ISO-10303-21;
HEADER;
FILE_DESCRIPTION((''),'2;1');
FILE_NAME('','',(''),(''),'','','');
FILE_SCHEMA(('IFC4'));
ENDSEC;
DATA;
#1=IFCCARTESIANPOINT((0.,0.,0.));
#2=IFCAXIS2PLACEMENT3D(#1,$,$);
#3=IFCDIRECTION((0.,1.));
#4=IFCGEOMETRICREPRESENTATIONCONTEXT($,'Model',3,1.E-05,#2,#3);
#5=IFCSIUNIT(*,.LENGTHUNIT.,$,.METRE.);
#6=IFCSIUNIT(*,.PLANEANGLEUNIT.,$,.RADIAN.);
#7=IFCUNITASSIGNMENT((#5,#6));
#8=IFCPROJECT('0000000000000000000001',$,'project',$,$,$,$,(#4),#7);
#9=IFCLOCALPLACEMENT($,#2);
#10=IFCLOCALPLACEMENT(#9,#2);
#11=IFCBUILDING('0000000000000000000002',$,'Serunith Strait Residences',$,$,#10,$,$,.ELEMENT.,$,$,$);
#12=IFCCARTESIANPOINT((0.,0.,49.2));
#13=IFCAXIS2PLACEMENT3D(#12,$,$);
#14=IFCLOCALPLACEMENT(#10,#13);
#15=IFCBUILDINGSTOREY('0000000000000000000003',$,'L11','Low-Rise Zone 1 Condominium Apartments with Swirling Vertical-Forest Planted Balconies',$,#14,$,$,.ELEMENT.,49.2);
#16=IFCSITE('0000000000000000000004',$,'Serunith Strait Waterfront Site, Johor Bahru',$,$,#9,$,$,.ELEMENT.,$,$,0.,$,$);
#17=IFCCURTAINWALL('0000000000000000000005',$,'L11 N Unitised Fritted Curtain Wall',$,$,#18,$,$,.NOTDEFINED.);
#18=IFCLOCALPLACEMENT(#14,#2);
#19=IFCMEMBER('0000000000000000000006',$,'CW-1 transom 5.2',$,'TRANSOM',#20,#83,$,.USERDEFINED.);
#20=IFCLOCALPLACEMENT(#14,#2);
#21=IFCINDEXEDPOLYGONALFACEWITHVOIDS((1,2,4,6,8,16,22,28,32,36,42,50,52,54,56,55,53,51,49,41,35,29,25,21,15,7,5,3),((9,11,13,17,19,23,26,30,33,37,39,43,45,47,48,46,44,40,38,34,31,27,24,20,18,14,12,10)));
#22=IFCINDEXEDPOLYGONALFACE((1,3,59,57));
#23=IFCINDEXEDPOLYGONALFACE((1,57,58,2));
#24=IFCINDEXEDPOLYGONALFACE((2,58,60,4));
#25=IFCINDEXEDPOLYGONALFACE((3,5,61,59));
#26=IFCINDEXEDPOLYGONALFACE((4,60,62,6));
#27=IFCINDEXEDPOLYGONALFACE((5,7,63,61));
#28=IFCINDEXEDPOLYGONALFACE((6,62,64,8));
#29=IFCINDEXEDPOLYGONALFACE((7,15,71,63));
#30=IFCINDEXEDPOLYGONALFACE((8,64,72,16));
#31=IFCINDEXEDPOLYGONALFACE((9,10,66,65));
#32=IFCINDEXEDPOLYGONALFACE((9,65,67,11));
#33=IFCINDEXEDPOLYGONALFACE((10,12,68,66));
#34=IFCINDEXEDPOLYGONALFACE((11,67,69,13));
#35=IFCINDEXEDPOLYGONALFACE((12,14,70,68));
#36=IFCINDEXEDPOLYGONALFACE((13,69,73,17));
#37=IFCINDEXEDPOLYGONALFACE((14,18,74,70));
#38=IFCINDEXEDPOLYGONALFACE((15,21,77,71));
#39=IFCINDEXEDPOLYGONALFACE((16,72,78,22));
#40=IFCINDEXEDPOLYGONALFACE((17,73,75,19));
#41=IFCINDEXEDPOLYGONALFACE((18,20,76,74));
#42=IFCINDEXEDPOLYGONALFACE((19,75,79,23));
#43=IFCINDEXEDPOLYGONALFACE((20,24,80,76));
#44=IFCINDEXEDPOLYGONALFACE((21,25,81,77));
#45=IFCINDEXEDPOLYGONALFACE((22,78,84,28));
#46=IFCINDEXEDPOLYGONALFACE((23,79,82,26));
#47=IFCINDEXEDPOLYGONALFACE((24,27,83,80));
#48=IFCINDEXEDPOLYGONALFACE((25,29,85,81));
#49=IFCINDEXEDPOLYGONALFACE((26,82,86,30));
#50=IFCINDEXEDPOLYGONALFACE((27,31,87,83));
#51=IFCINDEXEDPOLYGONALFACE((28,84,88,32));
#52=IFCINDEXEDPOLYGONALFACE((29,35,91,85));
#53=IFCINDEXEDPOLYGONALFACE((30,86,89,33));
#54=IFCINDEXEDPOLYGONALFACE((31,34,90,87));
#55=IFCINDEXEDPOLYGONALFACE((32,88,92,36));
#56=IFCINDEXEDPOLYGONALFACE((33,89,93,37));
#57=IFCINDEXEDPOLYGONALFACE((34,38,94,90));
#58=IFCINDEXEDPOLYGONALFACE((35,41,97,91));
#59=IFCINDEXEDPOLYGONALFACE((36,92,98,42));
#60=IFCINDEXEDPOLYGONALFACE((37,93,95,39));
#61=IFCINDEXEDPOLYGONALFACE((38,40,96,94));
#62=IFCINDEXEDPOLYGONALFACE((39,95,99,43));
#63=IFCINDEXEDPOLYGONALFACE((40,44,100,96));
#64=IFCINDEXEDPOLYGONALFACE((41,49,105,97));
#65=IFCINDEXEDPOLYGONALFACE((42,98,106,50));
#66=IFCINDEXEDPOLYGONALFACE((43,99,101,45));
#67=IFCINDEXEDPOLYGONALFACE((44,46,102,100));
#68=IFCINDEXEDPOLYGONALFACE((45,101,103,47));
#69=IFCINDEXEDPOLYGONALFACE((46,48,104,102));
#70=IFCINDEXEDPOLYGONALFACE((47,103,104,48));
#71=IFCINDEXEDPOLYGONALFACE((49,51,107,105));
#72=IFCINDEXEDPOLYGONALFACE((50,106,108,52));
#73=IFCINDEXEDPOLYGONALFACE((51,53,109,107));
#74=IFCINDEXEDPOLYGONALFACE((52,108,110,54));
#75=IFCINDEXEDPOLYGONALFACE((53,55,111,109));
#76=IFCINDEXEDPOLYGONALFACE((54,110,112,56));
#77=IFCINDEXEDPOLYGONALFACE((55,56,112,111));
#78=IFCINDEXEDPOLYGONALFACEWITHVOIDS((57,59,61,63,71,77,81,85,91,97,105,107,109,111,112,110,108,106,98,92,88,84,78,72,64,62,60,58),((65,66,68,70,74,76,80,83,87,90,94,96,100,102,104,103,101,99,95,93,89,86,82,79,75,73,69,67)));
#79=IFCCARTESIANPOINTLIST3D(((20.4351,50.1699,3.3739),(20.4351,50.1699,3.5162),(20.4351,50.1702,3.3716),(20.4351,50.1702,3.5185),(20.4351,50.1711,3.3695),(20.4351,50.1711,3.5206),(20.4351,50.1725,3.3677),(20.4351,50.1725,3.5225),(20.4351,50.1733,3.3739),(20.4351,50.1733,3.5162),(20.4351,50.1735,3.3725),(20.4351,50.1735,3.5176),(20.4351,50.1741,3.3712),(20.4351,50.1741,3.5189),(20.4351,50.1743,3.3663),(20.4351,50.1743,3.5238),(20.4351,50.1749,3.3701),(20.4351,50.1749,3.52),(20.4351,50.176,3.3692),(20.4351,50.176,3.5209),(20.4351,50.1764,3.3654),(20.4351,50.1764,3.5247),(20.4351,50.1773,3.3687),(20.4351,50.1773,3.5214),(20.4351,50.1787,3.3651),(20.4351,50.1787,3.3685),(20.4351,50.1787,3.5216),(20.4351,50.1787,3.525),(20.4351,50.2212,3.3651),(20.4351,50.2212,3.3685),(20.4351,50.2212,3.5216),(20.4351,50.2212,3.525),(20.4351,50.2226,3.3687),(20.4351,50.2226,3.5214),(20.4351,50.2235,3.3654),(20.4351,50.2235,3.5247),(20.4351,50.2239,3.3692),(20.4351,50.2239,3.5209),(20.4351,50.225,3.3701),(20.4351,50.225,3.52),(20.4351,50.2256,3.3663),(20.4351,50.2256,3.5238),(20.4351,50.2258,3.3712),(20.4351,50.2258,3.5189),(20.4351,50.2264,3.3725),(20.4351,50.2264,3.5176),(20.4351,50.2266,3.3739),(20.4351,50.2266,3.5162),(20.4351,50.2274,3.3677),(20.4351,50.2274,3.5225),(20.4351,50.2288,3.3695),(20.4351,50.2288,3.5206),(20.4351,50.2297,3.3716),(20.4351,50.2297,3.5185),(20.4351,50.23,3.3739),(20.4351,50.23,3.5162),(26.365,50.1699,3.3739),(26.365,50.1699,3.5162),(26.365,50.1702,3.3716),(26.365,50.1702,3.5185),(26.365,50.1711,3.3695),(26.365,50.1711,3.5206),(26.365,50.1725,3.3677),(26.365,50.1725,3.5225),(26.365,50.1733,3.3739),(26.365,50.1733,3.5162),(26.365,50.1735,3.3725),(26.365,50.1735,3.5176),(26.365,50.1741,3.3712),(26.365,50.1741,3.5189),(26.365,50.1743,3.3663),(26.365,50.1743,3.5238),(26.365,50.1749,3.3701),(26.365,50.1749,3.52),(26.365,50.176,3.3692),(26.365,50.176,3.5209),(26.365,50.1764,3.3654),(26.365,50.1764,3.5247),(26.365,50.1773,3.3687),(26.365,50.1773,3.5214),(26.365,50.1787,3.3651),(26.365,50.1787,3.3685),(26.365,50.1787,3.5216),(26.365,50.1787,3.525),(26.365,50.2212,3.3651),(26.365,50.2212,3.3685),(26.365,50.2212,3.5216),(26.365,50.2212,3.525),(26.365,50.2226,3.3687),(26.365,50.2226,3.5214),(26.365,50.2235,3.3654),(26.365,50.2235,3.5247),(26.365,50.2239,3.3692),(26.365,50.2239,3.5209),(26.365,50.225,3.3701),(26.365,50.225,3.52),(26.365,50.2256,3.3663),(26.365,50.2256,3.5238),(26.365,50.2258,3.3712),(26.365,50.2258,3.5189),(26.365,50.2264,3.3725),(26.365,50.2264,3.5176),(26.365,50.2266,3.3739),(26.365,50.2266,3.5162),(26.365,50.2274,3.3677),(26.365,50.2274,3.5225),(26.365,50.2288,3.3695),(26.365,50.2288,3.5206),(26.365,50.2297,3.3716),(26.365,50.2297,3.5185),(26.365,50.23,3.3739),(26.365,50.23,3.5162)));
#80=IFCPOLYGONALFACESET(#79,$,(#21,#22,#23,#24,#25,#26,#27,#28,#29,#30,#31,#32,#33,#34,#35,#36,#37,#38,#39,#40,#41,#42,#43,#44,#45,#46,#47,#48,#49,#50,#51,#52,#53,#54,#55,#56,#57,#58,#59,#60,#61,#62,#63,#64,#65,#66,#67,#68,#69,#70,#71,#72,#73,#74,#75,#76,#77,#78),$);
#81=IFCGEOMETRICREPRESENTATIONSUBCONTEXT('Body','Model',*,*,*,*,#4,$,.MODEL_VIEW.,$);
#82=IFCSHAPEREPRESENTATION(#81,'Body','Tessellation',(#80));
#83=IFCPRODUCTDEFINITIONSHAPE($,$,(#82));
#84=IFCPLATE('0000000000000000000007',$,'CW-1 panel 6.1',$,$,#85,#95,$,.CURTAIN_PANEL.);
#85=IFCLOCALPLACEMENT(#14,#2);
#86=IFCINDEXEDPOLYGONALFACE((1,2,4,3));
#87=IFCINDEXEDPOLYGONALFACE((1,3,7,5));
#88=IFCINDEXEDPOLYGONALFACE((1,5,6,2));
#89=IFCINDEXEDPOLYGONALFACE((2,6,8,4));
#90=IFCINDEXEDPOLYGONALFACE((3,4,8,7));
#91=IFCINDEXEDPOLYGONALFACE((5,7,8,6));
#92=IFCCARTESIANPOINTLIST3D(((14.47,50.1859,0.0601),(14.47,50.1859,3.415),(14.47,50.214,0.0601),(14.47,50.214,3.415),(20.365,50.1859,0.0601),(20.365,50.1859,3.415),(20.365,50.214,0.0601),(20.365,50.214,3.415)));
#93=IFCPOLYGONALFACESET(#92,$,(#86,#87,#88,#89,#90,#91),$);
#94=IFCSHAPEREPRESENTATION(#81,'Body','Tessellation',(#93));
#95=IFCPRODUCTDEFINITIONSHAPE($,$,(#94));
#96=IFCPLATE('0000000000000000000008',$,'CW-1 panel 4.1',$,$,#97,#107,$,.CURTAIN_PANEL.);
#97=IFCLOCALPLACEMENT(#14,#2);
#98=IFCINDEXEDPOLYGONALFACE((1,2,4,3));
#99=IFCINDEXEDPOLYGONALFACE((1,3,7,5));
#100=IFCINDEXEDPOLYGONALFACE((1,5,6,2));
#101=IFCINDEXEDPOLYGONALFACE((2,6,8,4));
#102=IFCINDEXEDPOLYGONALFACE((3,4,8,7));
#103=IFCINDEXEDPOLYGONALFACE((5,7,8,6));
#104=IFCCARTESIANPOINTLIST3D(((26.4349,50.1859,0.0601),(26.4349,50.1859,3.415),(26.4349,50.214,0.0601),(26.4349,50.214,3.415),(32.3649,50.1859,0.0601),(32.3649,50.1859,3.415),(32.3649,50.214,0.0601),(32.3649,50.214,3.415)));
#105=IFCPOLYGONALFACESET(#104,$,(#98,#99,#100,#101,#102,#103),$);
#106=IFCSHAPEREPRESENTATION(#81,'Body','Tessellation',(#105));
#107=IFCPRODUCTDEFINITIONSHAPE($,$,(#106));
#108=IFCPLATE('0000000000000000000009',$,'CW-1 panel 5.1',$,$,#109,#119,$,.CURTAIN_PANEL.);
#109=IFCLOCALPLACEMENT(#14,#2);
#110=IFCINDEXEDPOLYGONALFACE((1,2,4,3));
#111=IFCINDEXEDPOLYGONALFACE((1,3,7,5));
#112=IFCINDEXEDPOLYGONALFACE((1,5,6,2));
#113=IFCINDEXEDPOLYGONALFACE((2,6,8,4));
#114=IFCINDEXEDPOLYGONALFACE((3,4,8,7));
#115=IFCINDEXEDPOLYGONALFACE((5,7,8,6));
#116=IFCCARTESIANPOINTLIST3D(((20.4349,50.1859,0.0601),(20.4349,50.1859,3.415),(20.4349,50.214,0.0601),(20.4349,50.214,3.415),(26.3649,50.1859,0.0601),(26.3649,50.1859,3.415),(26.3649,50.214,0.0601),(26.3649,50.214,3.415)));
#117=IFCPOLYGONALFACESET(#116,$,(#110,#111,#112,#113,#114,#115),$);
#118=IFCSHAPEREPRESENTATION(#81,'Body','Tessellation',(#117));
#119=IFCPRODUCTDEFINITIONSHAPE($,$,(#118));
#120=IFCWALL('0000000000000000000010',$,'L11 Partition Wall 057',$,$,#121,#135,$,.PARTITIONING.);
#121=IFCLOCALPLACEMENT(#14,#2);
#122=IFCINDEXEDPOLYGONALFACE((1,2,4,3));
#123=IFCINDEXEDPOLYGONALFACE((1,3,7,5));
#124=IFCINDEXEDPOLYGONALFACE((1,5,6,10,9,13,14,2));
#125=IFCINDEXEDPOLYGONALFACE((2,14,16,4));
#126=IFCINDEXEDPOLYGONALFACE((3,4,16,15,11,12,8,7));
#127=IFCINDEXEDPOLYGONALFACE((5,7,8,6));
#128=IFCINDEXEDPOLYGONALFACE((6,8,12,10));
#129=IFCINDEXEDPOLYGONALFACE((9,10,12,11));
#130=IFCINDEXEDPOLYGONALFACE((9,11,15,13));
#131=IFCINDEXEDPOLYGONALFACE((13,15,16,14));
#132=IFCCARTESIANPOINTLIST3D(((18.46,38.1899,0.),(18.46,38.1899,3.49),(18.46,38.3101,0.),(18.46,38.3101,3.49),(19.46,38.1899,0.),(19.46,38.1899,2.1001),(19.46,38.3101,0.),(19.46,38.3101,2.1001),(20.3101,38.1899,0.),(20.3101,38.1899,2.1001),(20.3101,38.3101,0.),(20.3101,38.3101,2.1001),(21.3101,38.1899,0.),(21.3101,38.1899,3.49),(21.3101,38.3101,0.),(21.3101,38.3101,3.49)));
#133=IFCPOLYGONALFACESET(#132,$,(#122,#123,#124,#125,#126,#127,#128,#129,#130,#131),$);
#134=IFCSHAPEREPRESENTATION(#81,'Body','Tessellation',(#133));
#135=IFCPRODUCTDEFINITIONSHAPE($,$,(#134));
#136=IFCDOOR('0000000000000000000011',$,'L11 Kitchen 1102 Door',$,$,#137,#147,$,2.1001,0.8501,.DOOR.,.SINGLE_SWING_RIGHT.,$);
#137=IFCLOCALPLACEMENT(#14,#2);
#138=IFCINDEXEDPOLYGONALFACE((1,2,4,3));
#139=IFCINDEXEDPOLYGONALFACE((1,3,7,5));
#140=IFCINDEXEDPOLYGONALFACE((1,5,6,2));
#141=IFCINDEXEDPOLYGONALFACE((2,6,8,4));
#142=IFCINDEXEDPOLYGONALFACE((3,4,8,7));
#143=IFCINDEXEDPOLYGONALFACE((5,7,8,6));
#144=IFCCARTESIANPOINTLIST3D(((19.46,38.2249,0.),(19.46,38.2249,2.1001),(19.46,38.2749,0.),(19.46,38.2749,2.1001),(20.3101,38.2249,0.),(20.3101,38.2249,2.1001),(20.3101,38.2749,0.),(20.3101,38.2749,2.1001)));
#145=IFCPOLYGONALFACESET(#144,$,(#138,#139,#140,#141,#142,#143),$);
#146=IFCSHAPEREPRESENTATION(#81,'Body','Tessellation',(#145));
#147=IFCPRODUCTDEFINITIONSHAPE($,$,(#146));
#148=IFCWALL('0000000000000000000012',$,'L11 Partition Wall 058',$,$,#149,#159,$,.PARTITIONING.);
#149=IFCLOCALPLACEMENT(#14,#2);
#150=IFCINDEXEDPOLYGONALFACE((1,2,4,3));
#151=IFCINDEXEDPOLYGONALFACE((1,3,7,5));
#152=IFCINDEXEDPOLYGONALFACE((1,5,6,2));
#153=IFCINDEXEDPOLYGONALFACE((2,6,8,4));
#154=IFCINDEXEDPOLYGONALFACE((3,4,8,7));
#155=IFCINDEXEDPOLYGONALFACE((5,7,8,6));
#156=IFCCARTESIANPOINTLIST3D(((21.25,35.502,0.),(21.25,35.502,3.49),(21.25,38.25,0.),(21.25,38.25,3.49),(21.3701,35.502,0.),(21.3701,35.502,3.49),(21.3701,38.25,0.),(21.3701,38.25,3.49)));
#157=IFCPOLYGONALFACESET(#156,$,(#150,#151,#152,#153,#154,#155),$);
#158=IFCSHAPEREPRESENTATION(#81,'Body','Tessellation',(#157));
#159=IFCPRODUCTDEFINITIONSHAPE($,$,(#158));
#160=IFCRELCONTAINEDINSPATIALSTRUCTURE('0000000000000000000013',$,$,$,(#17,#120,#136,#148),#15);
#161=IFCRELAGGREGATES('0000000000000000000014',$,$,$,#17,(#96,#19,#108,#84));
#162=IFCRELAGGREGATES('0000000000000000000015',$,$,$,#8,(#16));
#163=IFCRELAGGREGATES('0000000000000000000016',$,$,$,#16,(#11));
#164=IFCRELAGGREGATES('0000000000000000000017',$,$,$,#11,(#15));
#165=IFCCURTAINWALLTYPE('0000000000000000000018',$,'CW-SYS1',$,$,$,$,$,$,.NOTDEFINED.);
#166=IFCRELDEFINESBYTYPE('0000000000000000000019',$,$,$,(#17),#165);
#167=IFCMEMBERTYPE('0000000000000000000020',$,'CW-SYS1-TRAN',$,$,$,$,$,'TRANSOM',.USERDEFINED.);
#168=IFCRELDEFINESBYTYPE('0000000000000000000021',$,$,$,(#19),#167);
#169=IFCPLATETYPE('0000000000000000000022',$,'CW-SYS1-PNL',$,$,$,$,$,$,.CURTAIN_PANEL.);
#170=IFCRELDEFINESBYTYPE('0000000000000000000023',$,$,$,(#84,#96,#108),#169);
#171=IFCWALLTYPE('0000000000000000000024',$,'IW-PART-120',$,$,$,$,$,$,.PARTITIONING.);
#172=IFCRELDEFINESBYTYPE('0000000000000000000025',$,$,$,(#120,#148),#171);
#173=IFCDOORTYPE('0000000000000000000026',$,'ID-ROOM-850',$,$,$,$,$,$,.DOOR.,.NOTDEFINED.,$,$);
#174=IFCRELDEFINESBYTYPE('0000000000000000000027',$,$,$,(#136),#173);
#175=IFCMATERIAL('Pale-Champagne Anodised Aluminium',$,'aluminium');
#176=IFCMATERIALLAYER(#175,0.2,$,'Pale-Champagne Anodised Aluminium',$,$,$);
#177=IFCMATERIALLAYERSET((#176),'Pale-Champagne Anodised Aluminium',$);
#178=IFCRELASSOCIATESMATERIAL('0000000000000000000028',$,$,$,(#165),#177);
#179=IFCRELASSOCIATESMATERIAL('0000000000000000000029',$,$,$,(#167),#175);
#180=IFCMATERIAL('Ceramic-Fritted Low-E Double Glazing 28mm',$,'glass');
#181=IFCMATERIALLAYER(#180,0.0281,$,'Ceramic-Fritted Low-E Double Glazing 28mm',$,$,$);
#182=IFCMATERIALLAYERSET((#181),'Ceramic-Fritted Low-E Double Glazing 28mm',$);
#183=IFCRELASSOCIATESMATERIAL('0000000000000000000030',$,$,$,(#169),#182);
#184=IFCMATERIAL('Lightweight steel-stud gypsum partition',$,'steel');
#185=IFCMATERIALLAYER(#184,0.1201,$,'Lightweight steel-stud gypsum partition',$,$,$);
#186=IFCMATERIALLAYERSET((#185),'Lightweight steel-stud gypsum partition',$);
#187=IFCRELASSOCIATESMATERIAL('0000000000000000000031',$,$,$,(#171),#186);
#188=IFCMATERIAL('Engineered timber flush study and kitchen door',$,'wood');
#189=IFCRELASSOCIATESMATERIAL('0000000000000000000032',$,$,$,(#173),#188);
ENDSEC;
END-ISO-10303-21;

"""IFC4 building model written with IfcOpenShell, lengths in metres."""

from ifc_helpers import new_model, si_unit, direction, frame, frame_2d, origin, origin_2d, place, context, subcontext, project, spatial, rectangle, hollow_rectangle, extrude, source, transform, mapped, material, layer, layer_set, material_profile, profile_set, type_object, element, fill, aggregate, save


model = new_model("IFC4")

# Units and contexts
model_context = context("Model", 3, precision=1e-05, world=origin(), true_north=direction((0.0, 1.0)))
body_context = subcontext(model_context, "Body", "Model", "MODEL_VIEW")
ifc_project = project(units=[si_unit("LENGTHUNIT", "METRE"), si_unit("PLANEANGLEUNIT", "RADIAN")], contexts=[model_context])

# Site, building, storey
site_placement = place(None, origin())
site = spatial("IfcSite", under=ifc_project, at=site_placement, Name="Serunith Strait Waterfront Site, Johor Bahru", CompositionType="ELEMENT", RefElevation=0.0)
building_placement = place(site_placement, origin())
building = spatial("IfcBuilding", under=site, at=building_placement, Name="Serunith Strait Residences", CompositionType="ELEMENT")
storey_placement = place(building_placement, frame((0.0, 0.0, 49.2)))
storey = spatial("IfcBuildingStorey", under=building, at=storey_placement, Name="L11", Description="Low-Rise Zone 1 Condominium Apartments with Swirling Vertical-Forest Planted Balconies", CompositionType="ELEMENT", Elevation=49.2)

# Curtain wall, member, plates
ifc_material_1 = material(Name="Pale-Champagne Anodised Aluminium", Category="aluminium")
ifc_layer_1 = layer(ifc_material_1, 0.2, Name="Pale-Champagne Anodised Aluminium")
ifc_layer_set_1 = layer_set([ifc_layer_1], Name="Pale-Champagne Anodised Aluminium")
curtain_wall_type = type_object("IfcCurtainWallType", Name="CW-SYS1", PredefinedType="NOTDEFINED", material=ifc_layer_set_1)
curtain_wall_placement = place(storey_placement, origin())
curtain_wall = element("IfcCurtainWall", 1, at=curtain_wall_placement, inside=storey, type_object=curtain_wall_type, Name="L11 N Unitised Fritted Curtain Wall", PredefinedType="NOTDEFINED")
ifc_material_profile_1 = material_profile(ifc_material_1, hollow_rectangle(XDim=0.0601, YDim=0.1599, WallThickness=0.0034, InnerFilletRadius=0.0054, OuterFilletRadius=0.0088, at=origin_2d()), Name="ALU 160x60x3.5")
ifc_profile_set_1 = profile_set([ifc_material_profile_1], Name="Pale-Champagne Anodised Aluminium")
member_type_1 = type_object("IfcMemberType", Name="CW-SYS1-TRAN", ElementType="TRANSOM", PredefinedType="USERDEFINED", material=ifc_profile_set_1)
shared_shape_1 = source(origin(), body_context, "Body", "SweptSolid", [
    extrude(hollow_rectangle(XDim=0.0601, YDim=0.1599, WallThickness=0.0034, InnerFilletRadius=0.0054, OuterFilletRadius=0.0088, at=origin_2d()), origin(), (0.0, 0.0, 1.0), 5.9299),
])
member_1_placement = place(storey_placement, frame((26.365, 50.2, 3.4451), z_axis=(-1.0, 0.0, 0.0), x_axis=(0.0, -1.0, 0.0)))
member_1 = element("IfcMember", 2, at=member_1_placement, type_object=member_type_1, Name="CW-1 transom 5.2", ObjectType="TRANSOM", PredefinedType="USERDEFINED", context=body_context, shape_type="MappedRepresentation", body=[
    mapped(shared_shape_1, transform((0.0, 0.0, 0.0), scale=1.0)),
])
ifc_material_2 = material(Name="Ceramic-Fritted Low-E Double Glazing 28mm", Category="glass")
ifc_layer_2 = layer(ifc_material_2, 0.0281, Name="Ceramic-Fritted Low-E Double Glazing 28mm")
ifc_layer_set_2 = layer_set([ifc_layer_2], Name="Ceramic-Fritted Low-E Double Glazing 28mm")
plate_type = type_object("IfcPlateType", Name="CW-SYS1-PNL", PredefinedType="CURTAIN_PANEL", material=ifc_layer_set_2)
shared_shape_2 = source(origin(), body_context, "Body", "SweptSolid", [
    extrude(rectangle(XDim=5.895, YDim=0.0281, at=origin_2d()), origin(), (0.0, 0.0, 1.0), 3.355),
])
plate_1_placement = place(storey_placement, frame((17.4175, 50.2, 0.0601), z_axis=(0.0, 0.0, 1.0), x_axis=(-1.0, 0.0, 0.0)))
plate_1 = element("IfcPlate", 3, at=plate_1_placement, type_object=plate_type, Name="CW-1 panel 6.1", PredefinedType="CURTAIN_PANEL", context=body_context, shape_type="MappedRepresentation", body=[
    mapped(shared_shape_2, transform((0.0, 0.0, 0.0), scale=1.0)),
])
shared_shape_3 = source(origin(), body_context, "Body", "SweptSolid", [
    extrude(rectangle(XDim=5.9299, YDim=0.0281, at=origin_2d()), origin(), (0.0, 0.0, 1.0), 3.355),
])
plate_2_placement = place(storey_placement, frame((29.3999, 50.2, 0.0601), z_axis=(0.0, 0.0, 1.0), x_axis=(-1.0, 0.0, 0.0)))
plate_2 = element("IfcPlate", 4, at=plate_2_placement, type_object=plate_type, Name="CW-1 panel 4.1", PredefinedType="CURTAIN_PANEL", context=body_context, shape_type="MappedRepresentation", body=[
    mapped(shared_shape_3, transform((0.0, 0.0, 0.0), scale=1.0)),
])
plate_3_placement = place(storey_placement, frame((23.3999, 50.2, 0.0601), z_axis=(0.0, 0.0, 1.0), x_axis=(-1.0, 0.0, 0.0)))
plate_3 = element("IfcPlate", 5, at=plate_3_placement, type_object=plate_type, Name="CW-1 panel 5.1", PredefinedType="CURTAIN_PANEL", context=body_context, shape_type="MappedRepresentation", body=[
    mapped(shared_shape_3, transform((0.0, 0.0, 0.0), scale=1.0)),
])
aggregate(curtain_wall, [plate_2, member_1, plate_3, plate_1])

# Wall, opening, door
ifc_material_3 = material(Name="Lightweight steel-stud gypsum partition", Category="steel")
ifc_layer_3 = layer(ifc_material_3, 0.1201, Name="Lightweight steel-stud gypsum partition")
ifc_layer_set_3 = layer_set([ifc_layer_3], Name="Lightweight steel-stud gypsum partition")
wall_type = type_object("IfcWallType", Name="IW-PART-120", PredefinedType="PARTITIONING", material=ifc_layer_set_3)
wall_1_placement = place(storey_placement, frame((18.46, 38.25, 0.0), z_axis=(0.0, 0.0, 1.0), x_axis=(1.0, 0.0, 0.0)))
wall_1 = element("IfcWall", 6, at=wall_1_placement, inside=storey, type_object=wall_type, Name="L11 Partition Wall 057", PredefinedType="PARTITIONING", context=body_context, shape_type="SweptSolid", body=[
    extrude(rectangle(XDim=2.8501, YDim=0.1201, at=frame_2d((1.425, 0.0))), origin(), (0.0, 0.0, 1.0), 3.49),
])
opening_1_placement = place(wall_1_placement, frame((1.0, 0.0, 0.0)))
opening_1 = element("IfcOpeningElement", 7, at=opening_1_placement, cuts=wall_1, PredefinedType="OPENING", context=body_context, shape_type="SweptSolid", body=[
    extrude(rectangle(XDim=0.8501, YDim=2.1001, at=frame_2d((0.425, 1.05))), frame((0.0, 0.0701, 0.0), z_axis=(0.0, -1.0, 0.0), x_axis=(1.0, 0.0, 0.0)), (0.0, 0.0, 1.0), 0.1401),
])
ifc_material_4 = material(Name="Engineered timber flush study and kitchen door", Category="wood")
door_type_1 = type_object("IfcDoorType", Name="ID-ROOM-850", OperationType="NOTDEFINED", PredefinedType="DOOR", material=ifc_material_4)
shared_shape_4 = source(origin(), body_context, "Body", "SweptSolid", [
    extrude(rectangle(XDim=0.8501, YDim=2.1001, at=frame_2d((0.425, 1.05))), frame((0.0, 0.0249, 0.0), z_axis=(0.0, -1.0, 0.0), x_axis=(1.0, 0.0, 0.0)), (0.0, 0.0, 1.0), 0.05),
])
door_1_placement = place(opening_1_placement, origin())
door_1 = element("IfcDoor", 8, at=door_1_placement, inside=storey, type_object=door_type_1, Name="L11 Kitchen 1102 Door", OperationType="SINGLE_SWING_RIGHT", OverallHeight=2.1001, OverallWidth=0.8501, PredefinedType="DOOR", context=body_context, shape_type="MappedRepresentation", body=[
    mapped(shared_shape_4, transform((0.0, 0.0, 0.0), scale=1.0)),
])
fill(opening_1, door_1)

# Wall
wall_2_placement = place(storey_placement, frame((21.3101, 38.25, 0.0), z_axis=(0.0, 0.0, 1.0), x_axis=(0.0, -1.0, 0.0)))
element("IfcWall", 9, at=wall_2_placement, inside=storey, type_object=wall_type, Name="L11 Partition Wall 058", PredefinedType="PARTITIONING", context=body_context, shape_type="SweptSolid", body=[
    extrude(rectangle(XDim=2.748, YDim=0.1201, at=frame_2d((1.374, 0.0))), origin(), (0.0, 0.0, 1.0), 3.49),
])

save(model, "model.ifc")
